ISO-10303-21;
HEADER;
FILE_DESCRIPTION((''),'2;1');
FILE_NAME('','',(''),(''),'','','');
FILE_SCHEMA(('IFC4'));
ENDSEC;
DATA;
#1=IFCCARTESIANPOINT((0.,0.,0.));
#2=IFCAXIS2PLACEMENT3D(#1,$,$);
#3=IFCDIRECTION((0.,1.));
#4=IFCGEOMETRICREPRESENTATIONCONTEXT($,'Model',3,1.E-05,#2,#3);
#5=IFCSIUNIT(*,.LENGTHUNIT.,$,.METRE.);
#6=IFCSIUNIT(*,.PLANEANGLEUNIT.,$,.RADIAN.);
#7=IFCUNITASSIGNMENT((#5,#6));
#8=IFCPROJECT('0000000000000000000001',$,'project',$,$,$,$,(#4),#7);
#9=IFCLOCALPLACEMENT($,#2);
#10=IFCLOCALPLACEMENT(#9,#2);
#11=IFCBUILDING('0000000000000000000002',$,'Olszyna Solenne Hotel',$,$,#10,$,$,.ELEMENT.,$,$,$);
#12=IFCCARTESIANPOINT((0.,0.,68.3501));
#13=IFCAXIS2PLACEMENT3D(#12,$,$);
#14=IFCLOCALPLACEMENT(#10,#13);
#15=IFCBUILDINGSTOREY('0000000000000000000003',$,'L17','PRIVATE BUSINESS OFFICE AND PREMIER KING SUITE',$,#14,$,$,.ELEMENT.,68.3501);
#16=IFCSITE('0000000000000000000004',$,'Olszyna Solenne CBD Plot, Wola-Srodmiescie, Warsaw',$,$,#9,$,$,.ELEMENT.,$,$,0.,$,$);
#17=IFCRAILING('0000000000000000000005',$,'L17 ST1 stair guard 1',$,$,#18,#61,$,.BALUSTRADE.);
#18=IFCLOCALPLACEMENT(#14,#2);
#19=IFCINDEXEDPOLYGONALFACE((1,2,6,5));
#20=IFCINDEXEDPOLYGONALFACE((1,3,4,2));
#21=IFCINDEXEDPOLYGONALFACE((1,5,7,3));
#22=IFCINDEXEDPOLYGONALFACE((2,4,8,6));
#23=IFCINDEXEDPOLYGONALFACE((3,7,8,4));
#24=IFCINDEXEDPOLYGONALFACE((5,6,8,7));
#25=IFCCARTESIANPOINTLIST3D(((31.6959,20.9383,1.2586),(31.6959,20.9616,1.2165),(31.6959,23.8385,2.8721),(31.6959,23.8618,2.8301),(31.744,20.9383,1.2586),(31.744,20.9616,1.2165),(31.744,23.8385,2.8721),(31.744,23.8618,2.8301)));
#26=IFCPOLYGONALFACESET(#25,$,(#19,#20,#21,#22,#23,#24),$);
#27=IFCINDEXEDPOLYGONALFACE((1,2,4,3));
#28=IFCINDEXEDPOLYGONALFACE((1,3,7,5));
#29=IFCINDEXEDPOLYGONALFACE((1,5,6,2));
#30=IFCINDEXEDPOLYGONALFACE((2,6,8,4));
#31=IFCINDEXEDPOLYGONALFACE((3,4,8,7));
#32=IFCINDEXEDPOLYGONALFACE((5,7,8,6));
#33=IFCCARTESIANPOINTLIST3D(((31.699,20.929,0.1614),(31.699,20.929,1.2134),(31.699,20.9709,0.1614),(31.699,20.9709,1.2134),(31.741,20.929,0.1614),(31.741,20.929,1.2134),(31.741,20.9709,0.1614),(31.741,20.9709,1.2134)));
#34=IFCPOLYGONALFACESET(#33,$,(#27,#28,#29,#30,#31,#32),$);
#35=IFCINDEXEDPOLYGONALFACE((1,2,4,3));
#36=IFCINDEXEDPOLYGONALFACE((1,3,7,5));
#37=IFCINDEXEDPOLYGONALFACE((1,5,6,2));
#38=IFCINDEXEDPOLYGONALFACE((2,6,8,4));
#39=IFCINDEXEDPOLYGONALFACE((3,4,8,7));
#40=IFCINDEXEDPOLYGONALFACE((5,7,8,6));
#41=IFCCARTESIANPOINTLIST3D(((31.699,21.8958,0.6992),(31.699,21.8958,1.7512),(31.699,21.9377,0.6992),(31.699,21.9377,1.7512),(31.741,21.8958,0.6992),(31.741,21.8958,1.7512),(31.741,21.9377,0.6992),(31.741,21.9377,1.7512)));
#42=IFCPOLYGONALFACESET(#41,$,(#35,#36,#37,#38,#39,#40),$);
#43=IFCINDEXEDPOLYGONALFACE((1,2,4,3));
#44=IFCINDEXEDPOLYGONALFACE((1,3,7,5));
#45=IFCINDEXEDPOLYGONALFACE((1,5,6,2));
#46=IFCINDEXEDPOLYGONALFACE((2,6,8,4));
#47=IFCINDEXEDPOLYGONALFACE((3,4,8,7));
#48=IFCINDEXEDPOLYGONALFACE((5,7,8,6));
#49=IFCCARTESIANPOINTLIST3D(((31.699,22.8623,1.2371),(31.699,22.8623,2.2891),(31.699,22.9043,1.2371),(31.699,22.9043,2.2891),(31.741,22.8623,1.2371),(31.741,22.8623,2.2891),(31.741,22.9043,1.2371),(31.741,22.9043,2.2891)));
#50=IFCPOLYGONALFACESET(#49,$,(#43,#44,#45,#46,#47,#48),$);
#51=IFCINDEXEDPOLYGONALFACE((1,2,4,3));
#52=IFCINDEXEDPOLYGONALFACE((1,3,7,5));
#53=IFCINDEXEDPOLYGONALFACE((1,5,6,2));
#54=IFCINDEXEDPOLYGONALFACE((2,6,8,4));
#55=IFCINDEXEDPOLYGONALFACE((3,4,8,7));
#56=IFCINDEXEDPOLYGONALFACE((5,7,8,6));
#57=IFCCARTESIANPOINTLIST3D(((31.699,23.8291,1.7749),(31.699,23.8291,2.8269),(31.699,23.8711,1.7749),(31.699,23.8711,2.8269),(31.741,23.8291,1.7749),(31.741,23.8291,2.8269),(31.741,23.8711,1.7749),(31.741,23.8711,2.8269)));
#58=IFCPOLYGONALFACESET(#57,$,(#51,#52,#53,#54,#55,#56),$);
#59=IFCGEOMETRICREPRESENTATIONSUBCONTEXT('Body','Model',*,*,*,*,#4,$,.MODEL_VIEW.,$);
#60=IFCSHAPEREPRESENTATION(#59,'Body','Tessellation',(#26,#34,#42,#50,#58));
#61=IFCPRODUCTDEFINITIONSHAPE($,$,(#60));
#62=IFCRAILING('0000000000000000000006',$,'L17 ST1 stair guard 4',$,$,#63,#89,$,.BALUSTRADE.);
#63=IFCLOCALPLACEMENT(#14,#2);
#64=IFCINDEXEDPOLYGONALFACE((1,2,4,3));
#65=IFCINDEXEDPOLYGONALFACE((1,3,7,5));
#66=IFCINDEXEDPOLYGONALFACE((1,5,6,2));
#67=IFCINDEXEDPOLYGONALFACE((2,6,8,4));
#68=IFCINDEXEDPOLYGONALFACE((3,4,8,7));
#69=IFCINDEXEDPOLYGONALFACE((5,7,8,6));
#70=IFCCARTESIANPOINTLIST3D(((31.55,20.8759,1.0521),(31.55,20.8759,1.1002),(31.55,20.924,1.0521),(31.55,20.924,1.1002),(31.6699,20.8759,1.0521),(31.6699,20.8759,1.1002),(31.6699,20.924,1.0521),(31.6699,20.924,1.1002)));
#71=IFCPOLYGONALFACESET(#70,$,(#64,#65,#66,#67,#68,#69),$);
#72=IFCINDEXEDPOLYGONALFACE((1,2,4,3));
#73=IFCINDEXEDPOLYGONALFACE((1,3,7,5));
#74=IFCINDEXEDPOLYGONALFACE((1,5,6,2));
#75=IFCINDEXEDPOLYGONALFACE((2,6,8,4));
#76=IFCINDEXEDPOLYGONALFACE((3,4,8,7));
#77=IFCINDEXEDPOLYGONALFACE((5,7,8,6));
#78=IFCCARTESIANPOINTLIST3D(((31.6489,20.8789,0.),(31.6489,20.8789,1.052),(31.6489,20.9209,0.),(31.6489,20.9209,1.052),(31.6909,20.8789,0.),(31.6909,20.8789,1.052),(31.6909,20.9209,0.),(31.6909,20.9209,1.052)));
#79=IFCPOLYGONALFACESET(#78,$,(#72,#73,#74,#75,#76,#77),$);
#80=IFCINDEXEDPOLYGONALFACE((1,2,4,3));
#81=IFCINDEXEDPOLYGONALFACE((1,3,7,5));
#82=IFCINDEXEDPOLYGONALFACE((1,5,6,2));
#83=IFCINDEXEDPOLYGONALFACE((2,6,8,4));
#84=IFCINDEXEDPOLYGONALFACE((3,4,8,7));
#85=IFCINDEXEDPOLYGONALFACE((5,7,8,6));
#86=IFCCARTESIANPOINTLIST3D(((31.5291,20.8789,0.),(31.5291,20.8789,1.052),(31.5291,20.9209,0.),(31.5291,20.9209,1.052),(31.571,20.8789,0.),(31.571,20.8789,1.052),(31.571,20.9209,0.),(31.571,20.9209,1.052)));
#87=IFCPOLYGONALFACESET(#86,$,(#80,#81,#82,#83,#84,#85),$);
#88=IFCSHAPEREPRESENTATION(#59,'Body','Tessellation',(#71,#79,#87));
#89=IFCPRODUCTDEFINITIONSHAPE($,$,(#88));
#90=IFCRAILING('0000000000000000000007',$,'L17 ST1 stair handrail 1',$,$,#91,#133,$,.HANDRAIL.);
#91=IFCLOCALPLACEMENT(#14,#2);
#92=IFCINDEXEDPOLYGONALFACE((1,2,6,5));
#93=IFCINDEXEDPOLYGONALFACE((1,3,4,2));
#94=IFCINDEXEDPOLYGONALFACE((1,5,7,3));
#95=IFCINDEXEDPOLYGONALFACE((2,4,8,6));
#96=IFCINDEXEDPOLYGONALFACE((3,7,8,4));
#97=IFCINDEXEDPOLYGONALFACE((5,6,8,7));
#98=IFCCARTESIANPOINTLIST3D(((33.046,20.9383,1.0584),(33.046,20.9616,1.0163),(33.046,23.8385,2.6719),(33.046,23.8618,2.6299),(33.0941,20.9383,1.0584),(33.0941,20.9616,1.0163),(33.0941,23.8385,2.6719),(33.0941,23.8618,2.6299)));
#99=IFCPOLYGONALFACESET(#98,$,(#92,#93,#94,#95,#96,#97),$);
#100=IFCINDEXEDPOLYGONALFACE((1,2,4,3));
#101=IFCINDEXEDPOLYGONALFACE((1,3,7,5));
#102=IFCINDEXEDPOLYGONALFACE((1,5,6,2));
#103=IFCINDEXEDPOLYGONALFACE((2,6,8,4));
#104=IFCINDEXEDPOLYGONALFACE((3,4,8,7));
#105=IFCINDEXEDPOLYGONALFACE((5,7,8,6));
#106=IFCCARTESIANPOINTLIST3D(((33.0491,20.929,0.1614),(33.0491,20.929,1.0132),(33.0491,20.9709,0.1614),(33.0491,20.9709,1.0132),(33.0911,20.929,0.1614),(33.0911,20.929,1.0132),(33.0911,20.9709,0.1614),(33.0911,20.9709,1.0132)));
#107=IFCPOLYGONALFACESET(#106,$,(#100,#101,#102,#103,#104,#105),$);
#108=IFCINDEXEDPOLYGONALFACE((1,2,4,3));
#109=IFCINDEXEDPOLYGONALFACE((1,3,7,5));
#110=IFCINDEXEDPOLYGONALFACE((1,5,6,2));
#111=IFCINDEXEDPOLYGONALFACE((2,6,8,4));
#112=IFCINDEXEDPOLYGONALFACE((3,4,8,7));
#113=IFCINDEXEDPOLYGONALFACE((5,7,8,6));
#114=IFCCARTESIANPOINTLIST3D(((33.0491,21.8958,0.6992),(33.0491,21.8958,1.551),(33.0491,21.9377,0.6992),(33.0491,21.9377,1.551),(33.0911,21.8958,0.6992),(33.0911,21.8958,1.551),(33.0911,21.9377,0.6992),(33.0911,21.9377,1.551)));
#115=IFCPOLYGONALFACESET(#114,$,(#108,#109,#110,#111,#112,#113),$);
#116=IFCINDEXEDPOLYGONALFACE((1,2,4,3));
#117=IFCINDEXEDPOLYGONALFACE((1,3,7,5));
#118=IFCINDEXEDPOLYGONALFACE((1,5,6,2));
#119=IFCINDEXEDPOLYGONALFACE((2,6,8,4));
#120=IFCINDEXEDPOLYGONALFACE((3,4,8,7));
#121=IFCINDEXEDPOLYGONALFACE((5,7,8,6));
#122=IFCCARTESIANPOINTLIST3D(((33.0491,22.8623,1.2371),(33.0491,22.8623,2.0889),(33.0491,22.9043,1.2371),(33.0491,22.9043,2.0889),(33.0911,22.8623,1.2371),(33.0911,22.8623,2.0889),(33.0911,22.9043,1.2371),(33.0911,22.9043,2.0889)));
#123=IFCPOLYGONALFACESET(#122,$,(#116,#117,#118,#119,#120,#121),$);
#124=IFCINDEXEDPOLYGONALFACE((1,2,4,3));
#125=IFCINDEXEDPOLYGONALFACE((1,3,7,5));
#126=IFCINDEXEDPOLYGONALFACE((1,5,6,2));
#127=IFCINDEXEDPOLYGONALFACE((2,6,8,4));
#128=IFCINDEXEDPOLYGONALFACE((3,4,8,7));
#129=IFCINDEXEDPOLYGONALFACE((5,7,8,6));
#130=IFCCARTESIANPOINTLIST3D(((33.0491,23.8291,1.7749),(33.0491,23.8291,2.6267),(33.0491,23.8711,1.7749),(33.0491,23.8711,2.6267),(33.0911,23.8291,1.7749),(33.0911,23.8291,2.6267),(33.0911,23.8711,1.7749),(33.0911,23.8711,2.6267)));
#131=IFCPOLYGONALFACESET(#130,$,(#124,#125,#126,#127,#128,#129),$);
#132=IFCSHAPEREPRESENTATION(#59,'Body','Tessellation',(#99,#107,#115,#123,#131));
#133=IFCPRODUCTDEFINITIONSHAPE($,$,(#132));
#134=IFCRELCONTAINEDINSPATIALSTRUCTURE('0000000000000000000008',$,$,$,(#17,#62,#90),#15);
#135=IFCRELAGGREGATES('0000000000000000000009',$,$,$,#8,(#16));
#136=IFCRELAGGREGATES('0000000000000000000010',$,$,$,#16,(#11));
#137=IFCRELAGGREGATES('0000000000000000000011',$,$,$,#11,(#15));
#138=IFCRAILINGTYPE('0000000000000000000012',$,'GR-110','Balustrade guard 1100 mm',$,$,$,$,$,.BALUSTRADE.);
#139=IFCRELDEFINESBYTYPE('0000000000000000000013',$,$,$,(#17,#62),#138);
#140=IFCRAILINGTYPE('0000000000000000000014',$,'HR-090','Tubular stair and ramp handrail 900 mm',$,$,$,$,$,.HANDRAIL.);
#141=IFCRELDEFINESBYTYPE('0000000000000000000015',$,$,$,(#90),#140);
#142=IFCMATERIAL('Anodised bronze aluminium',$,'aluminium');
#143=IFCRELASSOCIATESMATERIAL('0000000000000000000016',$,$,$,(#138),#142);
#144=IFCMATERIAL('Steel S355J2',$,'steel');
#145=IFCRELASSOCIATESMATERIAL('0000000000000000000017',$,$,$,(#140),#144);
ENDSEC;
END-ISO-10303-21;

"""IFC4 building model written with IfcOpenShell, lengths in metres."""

from ifc_helpers import new_model, si_unit, direction, frame, origin, origin_2d, place, context, subcontext, project, spatial, rectangle, extrude, material, type_object, element, save


model = new_model("IFC4")

# Units and contexts
model_context = context("Model", 3, precision=1e-05, world=origin(), true_north=direction((0.0, 1.0)))
body_context = subcontext(model_context, "Body", "Model", "MODEL_VIEW")
ifc_project = project(units=[si_unit("LENGTHUNIT", "METRE"), si_unit("PLANEANGLEUNIT", "RADIAN")], contexts=[model_context])

# Site, building, storey
site_placement = place(None, origin())
site = spatial("IfcSite", under=ifc_project, at=site_placement, Name="Olszyna Solenne CBD Plot, Wola-Srodmiescie, Warsaw", CompositionType="ELEMENT", RefElevation=0.0)
building_placement = place(site_placement, origin())
building = spatial("IfcBuilding", under=site, at=building_placement, Name="Olszyna Solenne Hotel", CompositionType="ELEMENT")
storey_placement = place(building_placement, frame((0.0, 0.0, 68.3501)))
storey = spatial("IfcBuildingStorey", under=building, at=storey_placement, Name="L17", Description="PRIVATE BUSINESS OFFICE AND PREMIER KING SUITE", CompositionType="ELEMENT", Elevation=68.3501)

# Shared definitions
ifc_material_1 = material(Name="Steel S355J2", Category="steel")

# Shared definitions
ifc_material_2 = material(Name="Anodised bronze aluminium", Category="aluminium")

# Railings
railing_type_1 = type_object("IfcRailingType", Name="GR-110", Description="Balustrade guard 1100 mm", PredefinedType="BALUSTRADE", material=ifc_material_2)
railing_1_placement = place(storey_placement, frame((31.72, 20.95, 0.1614)))
element("IfcRailing", 1, at=railing_1_placement, inside=storey, type_object=railing_type_1, Name="L17 ST1 stair guard 1", PredefinedType="BALUSTRADE", context=body_context, shape_type="SweptSolid", body=[
    extrude(rectangle(XDim=0.0481, YDim=0.0481, at=origin_2d()), frame((0.0, 0.0, 1.0762), z_axis=(0.0, 0.873859, 0.48618), x_axis=(-1.0, 0.0, 0.0)), (0.0, 0.0, 1.0), 3.3188),
    extrude(rectangle(XDim=0.042, YDim=0.042, at=origin_2d()), origin(), (0.0, 0.0, 1.0), 1.052),
    extrude(rectangle(XDim=0.042, YDim=0.042, at=origin_2d()), frame((0.0, 0.9668, 0.5378)), (0.0, 0.0, 1.0), 1.052),
    extrude(rectangle(XDim=0.042, YDim=0.042, at=origin_2d()), frame((0.0, 1.9333, 1.0757)), (0.0, 0.0, 1.0), 1.052),
    extrude(rectangle(XDim=0.042, YDim=0.042, at=origin_2d()), frame((0.0, 2.9001, 1.6135)), (0.0, 0.0, 1.0), 1.052),
])
railing_2_placement = place(storey_placement, frame((31.6699, 20.8999, 0.0)))
element("IfcRailing", 2, at=railing_2_placement, inside=storey, type_object=railing_type_1, Name="L17 ST1 stair guard 4", PredefinedType="BALUSTRADE", context=body_context, shape_type="SweptSolid", body=[
    extrude(rectangle(XDim=0.0481, YDim=0.0481, at=origin_2d()), frame((0.0, 0.0, 1.0762), z_axis=(-1.0, 0.0, 0.0), x_axis=(0.0, -1.0, 0.0)), (0.0, 0.0, 1.0), 0.1199),
    extrude(rectangle(XDim=0.042, YDim=0.042, at=origin_2d()), origin(), (0.0, 0.0, 1.0), 1.052),
    extrude(rectangle(XDim=0.042, YDim=0.042, at=origin_2d()), frame((-0.1199, 0.0, 0.0)), (0.0, 0.0, 1.0), 1.052),
])
railing_type_2 = type_object("IfcRailingType", Name="HR-090", Description="Tubular stair and ramp handrail 900 mm", PredefinedType="HANDRAIL", material=ifc_material_1)
railing_3_placement = place(storey_placement, frame((33.0701, 20.95, 0.1614)))
element("IfcRailing", 3, at=railing_3_placement, inside=storey, type_object=railing_type_2, Name="L17 ST1 stair handrail 1", PredefinedType="HANDRAIL", context=body_context, shape_type="SweptSolid", body=[
    extrude(rectangle(XDim=0.0481, YDim=0.0481, at=origin_2d()), frame((0.0, 0.0, 0.876), z_axis=(0.0, 0.873859, 0.48618), x_axis=(-1.0, 0.0, 0.0)), (0.0, 0.0, 1.0), 3.3188),
    extrude(rectangle(XDim=0.042, YDim=0.042, at=origin_2d()), origin(), (0.0, 0.0, 1.0), 0.8518),
    extrude(rectangle(XDim=0.042, YDim=0.042, at=origin_2d()), frame((0.0, 0.9668, 0.5378)), (0.0, 0.0, 1.0), 0.8518),
    extrude(rectangle(XDim=0.042, YDim=0.042, at=origin_2d()), frame((0.0, 1.9333, 1.0757)), (0.0, 0.0, 1.0), 0.8518),
    extrude(rectangle(XDim=0.042, YDim=0.042, at=origin_2d()), frame((0.0, 2.9001, 1.6135)), (0.0, 0.0, 1.0), 0.8518),
])

save(model, "model.ifc")
